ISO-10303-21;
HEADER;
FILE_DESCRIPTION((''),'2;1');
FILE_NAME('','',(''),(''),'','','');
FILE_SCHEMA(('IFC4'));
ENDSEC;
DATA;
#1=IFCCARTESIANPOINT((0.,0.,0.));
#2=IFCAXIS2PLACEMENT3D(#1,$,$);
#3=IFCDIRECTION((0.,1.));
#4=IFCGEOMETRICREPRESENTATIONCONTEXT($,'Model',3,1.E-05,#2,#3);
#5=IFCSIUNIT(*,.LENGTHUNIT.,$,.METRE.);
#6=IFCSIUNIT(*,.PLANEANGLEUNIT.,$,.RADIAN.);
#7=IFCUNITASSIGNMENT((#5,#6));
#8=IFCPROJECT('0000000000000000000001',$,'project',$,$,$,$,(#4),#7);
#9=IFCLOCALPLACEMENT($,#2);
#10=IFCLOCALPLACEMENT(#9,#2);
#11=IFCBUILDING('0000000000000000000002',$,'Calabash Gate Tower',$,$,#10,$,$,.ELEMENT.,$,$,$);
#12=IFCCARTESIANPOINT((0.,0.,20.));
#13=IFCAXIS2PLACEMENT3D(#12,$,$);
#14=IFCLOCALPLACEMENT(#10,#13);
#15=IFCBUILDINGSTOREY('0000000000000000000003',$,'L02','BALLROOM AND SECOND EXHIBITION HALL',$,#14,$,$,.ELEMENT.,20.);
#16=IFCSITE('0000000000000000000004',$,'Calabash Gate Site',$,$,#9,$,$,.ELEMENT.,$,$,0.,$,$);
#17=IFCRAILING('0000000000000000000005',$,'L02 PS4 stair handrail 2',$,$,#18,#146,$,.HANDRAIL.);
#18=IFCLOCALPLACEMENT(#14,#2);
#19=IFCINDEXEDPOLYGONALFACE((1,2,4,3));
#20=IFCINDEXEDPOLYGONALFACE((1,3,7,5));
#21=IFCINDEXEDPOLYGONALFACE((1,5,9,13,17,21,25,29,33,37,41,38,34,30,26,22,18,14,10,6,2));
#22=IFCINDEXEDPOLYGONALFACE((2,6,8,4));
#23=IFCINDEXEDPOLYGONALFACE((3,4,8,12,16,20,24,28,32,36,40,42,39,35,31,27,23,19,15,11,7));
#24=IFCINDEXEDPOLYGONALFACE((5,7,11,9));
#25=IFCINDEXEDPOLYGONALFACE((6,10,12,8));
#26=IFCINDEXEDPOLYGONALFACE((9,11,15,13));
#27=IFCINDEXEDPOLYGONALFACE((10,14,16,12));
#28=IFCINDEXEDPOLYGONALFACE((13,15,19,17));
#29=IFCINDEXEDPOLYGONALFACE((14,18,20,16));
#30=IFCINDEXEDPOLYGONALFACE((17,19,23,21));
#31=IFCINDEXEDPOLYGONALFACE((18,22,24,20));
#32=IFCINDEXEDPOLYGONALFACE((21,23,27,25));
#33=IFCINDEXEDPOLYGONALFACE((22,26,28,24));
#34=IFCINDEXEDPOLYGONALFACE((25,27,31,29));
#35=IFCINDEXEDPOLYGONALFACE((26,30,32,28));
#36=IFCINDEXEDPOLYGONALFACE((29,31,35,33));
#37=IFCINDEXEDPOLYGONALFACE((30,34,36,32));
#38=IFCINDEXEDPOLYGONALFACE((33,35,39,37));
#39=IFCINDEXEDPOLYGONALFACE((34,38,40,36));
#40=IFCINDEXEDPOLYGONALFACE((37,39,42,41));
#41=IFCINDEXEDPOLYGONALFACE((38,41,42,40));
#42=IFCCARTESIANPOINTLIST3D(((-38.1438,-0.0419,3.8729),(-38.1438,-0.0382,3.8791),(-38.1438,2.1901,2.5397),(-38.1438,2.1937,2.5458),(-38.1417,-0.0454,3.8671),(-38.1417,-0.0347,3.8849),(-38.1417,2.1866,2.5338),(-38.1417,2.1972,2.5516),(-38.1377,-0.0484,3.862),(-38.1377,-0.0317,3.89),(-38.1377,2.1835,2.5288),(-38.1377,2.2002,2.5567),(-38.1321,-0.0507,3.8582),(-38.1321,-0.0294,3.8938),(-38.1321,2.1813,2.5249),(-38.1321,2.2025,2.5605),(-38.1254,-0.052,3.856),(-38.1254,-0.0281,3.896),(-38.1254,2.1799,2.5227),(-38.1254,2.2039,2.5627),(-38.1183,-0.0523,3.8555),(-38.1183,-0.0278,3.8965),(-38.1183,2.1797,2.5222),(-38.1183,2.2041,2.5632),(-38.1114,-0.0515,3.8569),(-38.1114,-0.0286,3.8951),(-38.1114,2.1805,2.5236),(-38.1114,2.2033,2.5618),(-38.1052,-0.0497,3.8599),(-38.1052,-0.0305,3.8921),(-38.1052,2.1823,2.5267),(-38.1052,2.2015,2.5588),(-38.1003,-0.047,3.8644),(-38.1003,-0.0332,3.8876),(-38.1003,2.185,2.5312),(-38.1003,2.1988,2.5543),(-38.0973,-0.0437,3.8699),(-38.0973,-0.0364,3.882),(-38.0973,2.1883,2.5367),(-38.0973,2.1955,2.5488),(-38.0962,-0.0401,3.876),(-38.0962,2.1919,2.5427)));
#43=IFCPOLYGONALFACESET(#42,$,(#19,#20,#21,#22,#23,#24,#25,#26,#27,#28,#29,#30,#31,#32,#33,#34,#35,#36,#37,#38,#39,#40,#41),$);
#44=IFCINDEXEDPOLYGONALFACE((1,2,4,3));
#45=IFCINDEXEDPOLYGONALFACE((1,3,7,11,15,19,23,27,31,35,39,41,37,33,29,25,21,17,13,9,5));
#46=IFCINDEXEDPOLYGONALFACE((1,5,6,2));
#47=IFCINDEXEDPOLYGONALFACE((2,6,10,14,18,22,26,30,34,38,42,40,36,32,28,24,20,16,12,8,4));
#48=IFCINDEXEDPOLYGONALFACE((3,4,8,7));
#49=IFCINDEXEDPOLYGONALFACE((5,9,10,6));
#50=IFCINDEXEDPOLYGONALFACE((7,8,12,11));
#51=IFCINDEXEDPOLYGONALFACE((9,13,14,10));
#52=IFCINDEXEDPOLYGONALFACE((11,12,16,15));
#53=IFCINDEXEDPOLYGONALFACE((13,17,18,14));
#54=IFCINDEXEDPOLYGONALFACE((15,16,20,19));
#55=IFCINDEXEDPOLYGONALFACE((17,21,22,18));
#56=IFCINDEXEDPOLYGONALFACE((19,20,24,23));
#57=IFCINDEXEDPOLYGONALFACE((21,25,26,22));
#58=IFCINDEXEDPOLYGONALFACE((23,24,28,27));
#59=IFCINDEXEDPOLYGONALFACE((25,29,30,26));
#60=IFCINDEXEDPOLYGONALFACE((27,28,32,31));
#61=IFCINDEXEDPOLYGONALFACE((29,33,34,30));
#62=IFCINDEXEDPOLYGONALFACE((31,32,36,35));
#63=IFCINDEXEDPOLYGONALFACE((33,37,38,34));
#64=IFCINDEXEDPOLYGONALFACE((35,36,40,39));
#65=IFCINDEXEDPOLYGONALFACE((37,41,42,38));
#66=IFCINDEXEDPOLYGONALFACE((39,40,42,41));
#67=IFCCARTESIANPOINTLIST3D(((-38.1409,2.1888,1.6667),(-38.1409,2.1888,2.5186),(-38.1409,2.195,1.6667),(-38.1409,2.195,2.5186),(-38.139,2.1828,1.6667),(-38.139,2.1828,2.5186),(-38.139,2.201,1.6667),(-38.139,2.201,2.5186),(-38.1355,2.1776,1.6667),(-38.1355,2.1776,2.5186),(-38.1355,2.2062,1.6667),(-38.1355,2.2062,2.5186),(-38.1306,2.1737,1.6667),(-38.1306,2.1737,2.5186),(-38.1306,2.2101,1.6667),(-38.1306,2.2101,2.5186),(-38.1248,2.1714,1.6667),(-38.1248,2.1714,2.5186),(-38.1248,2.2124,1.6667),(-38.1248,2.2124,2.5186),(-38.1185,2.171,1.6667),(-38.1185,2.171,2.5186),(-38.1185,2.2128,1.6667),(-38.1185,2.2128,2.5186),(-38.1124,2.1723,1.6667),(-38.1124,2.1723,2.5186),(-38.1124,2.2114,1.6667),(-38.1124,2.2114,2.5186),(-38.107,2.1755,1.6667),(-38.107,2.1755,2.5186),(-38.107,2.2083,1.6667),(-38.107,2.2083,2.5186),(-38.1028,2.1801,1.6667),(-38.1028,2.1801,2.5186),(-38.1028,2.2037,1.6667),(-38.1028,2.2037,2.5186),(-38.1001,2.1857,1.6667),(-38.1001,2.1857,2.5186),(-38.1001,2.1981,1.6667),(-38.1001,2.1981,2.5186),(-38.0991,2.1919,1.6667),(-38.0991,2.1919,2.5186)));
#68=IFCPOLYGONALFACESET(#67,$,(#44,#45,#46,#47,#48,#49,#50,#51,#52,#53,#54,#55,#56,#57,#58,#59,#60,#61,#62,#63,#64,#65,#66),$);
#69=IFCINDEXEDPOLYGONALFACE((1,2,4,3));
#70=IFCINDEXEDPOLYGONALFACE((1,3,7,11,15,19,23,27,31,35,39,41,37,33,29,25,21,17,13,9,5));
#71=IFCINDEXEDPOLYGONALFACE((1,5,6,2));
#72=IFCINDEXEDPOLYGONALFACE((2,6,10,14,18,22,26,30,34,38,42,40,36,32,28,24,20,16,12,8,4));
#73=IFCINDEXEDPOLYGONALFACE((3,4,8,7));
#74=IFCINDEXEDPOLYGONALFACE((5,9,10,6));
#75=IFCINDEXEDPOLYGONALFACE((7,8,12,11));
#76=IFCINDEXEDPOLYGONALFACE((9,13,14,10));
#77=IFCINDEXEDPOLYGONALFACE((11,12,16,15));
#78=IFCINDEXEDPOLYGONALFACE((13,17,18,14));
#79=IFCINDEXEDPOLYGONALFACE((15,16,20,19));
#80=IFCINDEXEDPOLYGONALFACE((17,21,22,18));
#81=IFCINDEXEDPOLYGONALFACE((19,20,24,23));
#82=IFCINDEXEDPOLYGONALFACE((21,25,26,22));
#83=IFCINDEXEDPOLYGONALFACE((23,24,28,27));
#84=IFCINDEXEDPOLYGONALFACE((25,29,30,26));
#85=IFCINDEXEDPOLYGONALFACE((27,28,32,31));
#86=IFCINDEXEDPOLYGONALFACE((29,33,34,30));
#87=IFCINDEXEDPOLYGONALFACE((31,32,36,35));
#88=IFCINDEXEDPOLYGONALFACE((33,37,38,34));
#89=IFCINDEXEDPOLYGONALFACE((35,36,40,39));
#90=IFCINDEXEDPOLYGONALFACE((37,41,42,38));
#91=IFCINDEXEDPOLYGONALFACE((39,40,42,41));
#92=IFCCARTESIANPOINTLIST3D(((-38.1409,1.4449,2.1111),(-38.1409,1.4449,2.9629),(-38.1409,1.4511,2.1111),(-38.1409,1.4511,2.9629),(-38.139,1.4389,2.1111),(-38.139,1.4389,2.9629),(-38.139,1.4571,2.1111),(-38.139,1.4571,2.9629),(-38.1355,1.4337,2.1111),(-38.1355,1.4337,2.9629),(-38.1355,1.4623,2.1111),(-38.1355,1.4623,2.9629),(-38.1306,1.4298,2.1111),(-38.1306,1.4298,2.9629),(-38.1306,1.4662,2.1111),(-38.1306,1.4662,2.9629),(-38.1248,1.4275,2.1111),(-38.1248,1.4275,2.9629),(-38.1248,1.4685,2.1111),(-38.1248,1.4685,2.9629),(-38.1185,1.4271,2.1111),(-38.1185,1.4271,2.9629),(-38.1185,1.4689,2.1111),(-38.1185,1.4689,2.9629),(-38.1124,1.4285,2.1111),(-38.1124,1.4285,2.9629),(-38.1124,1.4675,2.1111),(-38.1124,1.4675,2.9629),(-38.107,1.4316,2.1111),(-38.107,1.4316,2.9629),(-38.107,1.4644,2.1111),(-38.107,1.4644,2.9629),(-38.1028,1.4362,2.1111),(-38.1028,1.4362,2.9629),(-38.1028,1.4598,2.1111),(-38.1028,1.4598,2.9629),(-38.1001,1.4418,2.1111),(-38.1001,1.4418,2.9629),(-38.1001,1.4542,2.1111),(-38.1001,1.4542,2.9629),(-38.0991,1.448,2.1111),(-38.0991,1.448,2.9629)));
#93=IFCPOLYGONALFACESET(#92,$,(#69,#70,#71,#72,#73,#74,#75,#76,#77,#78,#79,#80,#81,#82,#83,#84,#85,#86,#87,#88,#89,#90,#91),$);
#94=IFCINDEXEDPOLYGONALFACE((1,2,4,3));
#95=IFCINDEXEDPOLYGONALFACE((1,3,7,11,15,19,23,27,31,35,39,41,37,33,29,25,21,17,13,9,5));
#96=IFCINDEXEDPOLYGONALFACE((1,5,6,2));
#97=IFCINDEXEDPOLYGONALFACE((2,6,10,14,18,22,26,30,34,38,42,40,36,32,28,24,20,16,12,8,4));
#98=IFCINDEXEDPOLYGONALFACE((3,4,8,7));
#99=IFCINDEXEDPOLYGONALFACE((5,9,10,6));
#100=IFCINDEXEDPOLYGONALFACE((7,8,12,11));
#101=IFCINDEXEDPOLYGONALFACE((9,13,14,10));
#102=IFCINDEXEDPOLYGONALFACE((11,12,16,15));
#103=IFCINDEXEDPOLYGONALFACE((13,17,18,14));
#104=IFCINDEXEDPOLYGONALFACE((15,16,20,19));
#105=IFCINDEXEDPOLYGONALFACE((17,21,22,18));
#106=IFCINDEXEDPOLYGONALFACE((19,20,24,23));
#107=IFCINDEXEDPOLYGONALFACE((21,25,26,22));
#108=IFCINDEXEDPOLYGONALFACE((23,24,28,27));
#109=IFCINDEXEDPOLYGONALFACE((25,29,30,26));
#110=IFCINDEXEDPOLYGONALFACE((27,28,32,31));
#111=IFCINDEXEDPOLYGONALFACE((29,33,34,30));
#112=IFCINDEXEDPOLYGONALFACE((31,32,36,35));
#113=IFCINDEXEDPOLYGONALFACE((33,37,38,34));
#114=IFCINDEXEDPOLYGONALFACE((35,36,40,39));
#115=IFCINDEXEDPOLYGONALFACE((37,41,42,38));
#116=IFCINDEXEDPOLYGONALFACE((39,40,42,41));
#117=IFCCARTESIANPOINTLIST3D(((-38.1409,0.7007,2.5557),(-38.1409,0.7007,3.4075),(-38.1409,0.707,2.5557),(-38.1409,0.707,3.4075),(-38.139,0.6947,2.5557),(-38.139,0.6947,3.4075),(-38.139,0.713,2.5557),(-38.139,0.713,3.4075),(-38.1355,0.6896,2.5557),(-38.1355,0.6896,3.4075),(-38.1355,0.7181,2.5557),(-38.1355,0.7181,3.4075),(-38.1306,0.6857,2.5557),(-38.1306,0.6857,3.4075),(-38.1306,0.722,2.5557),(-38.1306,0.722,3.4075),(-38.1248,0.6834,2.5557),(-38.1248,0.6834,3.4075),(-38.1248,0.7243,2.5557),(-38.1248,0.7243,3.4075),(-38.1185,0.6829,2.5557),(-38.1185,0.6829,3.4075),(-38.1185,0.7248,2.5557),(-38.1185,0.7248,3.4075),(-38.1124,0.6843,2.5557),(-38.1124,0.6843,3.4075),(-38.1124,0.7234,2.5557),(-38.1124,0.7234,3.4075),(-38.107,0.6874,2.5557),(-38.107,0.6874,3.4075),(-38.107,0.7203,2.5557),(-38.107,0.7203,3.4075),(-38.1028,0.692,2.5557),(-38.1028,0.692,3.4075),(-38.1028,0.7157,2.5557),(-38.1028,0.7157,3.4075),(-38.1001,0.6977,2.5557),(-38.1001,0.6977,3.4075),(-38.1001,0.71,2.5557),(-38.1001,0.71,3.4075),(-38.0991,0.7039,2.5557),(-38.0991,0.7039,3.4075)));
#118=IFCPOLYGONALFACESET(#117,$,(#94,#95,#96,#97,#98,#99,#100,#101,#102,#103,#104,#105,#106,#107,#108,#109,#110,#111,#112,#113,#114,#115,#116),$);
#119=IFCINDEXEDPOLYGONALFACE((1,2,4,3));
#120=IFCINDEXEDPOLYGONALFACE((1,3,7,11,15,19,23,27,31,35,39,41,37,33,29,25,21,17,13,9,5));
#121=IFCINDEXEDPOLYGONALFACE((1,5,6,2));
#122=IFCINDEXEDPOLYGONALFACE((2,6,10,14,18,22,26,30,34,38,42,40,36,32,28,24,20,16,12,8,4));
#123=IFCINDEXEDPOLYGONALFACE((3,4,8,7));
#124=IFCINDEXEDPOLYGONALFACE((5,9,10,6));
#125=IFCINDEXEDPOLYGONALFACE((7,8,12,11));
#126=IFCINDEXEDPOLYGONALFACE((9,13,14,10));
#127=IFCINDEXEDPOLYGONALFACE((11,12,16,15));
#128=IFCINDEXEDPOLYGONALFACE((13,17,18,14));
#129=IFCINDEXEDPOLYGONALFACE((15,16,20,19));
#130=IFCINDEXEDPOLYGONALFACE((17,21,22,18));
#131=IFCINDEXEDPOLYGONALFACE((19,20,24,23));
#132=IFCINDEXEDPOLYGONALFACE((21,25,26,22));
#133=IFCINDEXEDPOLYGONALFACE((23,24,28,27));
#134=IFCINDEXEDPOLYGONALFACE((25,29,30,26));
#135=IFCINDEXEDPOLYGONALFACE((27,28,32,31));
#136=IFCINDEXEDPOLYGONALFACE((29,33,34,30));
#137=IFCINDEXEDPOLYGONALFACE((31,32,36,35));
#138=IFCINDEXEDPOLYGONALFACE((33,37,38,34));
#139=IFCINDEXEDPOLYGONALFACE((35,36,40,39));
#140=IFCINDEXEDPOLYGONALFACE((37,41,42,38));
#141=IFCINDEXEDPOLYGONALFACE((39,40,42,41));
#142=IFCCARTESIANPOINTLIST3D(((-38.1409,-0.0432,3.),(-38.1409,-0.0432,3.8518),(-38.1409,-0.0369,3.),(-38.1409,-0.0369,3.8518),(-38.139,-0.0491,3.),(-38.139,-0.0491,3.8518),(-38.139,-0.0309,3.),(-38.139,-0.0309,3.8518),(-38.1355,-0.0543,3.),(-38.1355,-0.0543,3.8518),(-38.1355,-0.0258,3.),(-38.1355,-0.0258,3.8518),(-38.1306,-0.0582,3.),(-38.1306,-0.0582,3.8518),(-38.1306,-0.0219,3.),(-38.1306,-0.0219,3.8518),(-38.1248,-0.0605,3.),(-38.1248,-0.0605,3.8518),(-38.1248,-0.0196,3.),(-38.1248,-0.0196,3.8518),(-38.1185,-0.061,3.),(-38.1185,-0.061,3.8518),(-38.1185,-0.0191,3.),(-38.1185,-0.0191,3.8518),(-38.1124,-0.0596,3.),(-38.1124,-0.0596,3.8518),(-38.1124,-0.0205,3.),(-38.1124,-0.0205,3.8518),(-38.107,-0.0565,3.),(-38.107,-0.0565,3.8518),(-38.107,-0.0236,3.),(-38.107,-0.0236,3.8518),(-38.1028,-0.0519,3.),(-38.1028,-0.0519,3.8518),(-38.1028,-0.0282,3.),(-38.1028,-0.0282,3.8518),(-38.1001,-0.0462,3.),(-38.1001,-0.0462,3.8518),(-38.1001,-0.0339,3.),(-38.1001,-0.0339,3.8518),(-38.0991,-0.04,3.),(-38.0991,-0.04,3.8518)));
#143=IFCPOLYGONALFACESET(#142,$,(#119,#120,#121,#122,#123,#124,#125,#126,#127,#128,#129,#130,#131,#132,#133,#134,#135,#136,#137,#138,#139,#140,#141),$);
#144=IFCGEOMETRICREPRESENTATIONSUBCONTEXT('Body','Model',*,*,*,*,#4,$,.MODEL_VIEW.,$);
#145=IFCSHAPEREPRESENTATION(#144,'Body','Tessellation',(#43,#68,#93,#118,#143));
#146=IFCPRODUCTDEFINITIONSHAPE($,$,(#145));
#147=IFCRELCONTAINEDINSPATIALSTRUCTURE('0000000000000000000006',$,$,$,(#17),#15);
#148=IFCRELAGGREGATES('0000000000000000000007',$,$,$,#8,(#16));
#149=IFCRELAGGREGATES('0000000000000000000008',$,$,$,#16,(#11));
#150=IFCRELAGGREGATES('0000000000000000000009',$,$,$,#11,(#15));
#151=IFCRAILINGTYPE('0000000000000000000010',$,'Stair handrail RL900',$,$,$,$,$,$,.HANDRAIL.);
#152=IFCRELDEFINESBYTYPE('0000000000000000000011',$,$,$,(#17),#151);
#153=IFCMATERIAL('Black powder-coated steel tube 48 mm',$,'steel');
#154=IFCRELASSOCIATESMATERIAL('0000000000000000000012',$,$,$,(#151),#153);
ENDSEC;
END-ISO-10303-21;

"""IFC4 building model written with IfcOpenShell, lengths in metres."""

from ifc_helpers import new_model, si_unit, direction, frame, origin, origin_2d, place, context, subcontext, project, spatial, circle, extrude, material, type_object, element, save


model = new_model("IFC4")

# Units and contexts
model_context = context("Model", 3, precision=1e-05, world=origin(), true_north=direction((0.0, 1.0)))
body_context = subcontext(model_context, "Body", "Model", "MODEL_VIEW")
ifc_project = project(units=[si_unit("LENGTHUNIT", "METRE"), si_unit("PLANEANGLEUNIT", "RADIAN")], contexts=[model_context])

# Site, building, storey
site_placement = place(None, origin())
site = spatial("IfcSite", under=ifc_project, at=site_placement, Name="Calabash Gate Site", CompositionType="ELEMENT", RefElevation=0.0)
building_placement = place(site_placement, origin())
building = spatial("IfcBuilding", under=site, at=building_placement, Name="Calabash Gate Tower", CompositionType="ELEMENT")
storey_placement = place(building_placement, frame((0.0, 0.0, 20.0)))
storey = spatial("IfcBuildingStorey", under=building, at=storey_placement, Name="L02", Description="BALLROOM AND SECOND EXHIBITION HALL", CompositionType="ELEMENT", Elevation=20.0)

# Railing
ifc_material_1 = material(Name="Black powder-coated steel tube 48 mm", Category="steel")
railing_type_1 = type_object("IfcRailingType", Name="Stair handrail RL900", PredefinedType="HANDRAIL", material=ifc_material_1)
for number, where, name in (
    (1, (-38.1201, 2.1919, 1.6667), "L02 PS4 stair handrail 2"),
):
    element("IfcRailing", number, at=place(storey_placement, frame(where)), inside=storey, type_object=railing_type_1, Name=name, PredefinedType="HANDRAIL", context=body_context, shape_type="SweptSolid", body=[
        extrude(circle(Radius=0.0239, at=origin_2d()), frame((0.0, 0.0, 0.876), z_axis=(0.0, -0.858494, 0.512824), x_axis=(1.0, 0.0, 0.0)), (0.0, 0.0, 1.0), 2.5999),
        extrude(circle(Radius=0.021, at=origin_2d()), origin(), (0.0, 0.0, 1.0), 0.8518),
        extrude(circle(Radius=0.021, at=origin_2d()), frame((0.0, -0.7439, 0.4443)), (0.0, 0.0, 1.0), 0.8518),
        extrude(circle(Radius=0.021, at=origin_2d()), frame((0.0, -1.488, 0.8889)), (0.0, 0.0, 1.0), 0.8518),
        extrude(circle(Radius=0.021, at=origin_2d()), frame((0.0, -2.2319, 1.3333)), (0.0, 0.0, 1.0), 0.8518),
    ])

save(model, "model.ifc")
